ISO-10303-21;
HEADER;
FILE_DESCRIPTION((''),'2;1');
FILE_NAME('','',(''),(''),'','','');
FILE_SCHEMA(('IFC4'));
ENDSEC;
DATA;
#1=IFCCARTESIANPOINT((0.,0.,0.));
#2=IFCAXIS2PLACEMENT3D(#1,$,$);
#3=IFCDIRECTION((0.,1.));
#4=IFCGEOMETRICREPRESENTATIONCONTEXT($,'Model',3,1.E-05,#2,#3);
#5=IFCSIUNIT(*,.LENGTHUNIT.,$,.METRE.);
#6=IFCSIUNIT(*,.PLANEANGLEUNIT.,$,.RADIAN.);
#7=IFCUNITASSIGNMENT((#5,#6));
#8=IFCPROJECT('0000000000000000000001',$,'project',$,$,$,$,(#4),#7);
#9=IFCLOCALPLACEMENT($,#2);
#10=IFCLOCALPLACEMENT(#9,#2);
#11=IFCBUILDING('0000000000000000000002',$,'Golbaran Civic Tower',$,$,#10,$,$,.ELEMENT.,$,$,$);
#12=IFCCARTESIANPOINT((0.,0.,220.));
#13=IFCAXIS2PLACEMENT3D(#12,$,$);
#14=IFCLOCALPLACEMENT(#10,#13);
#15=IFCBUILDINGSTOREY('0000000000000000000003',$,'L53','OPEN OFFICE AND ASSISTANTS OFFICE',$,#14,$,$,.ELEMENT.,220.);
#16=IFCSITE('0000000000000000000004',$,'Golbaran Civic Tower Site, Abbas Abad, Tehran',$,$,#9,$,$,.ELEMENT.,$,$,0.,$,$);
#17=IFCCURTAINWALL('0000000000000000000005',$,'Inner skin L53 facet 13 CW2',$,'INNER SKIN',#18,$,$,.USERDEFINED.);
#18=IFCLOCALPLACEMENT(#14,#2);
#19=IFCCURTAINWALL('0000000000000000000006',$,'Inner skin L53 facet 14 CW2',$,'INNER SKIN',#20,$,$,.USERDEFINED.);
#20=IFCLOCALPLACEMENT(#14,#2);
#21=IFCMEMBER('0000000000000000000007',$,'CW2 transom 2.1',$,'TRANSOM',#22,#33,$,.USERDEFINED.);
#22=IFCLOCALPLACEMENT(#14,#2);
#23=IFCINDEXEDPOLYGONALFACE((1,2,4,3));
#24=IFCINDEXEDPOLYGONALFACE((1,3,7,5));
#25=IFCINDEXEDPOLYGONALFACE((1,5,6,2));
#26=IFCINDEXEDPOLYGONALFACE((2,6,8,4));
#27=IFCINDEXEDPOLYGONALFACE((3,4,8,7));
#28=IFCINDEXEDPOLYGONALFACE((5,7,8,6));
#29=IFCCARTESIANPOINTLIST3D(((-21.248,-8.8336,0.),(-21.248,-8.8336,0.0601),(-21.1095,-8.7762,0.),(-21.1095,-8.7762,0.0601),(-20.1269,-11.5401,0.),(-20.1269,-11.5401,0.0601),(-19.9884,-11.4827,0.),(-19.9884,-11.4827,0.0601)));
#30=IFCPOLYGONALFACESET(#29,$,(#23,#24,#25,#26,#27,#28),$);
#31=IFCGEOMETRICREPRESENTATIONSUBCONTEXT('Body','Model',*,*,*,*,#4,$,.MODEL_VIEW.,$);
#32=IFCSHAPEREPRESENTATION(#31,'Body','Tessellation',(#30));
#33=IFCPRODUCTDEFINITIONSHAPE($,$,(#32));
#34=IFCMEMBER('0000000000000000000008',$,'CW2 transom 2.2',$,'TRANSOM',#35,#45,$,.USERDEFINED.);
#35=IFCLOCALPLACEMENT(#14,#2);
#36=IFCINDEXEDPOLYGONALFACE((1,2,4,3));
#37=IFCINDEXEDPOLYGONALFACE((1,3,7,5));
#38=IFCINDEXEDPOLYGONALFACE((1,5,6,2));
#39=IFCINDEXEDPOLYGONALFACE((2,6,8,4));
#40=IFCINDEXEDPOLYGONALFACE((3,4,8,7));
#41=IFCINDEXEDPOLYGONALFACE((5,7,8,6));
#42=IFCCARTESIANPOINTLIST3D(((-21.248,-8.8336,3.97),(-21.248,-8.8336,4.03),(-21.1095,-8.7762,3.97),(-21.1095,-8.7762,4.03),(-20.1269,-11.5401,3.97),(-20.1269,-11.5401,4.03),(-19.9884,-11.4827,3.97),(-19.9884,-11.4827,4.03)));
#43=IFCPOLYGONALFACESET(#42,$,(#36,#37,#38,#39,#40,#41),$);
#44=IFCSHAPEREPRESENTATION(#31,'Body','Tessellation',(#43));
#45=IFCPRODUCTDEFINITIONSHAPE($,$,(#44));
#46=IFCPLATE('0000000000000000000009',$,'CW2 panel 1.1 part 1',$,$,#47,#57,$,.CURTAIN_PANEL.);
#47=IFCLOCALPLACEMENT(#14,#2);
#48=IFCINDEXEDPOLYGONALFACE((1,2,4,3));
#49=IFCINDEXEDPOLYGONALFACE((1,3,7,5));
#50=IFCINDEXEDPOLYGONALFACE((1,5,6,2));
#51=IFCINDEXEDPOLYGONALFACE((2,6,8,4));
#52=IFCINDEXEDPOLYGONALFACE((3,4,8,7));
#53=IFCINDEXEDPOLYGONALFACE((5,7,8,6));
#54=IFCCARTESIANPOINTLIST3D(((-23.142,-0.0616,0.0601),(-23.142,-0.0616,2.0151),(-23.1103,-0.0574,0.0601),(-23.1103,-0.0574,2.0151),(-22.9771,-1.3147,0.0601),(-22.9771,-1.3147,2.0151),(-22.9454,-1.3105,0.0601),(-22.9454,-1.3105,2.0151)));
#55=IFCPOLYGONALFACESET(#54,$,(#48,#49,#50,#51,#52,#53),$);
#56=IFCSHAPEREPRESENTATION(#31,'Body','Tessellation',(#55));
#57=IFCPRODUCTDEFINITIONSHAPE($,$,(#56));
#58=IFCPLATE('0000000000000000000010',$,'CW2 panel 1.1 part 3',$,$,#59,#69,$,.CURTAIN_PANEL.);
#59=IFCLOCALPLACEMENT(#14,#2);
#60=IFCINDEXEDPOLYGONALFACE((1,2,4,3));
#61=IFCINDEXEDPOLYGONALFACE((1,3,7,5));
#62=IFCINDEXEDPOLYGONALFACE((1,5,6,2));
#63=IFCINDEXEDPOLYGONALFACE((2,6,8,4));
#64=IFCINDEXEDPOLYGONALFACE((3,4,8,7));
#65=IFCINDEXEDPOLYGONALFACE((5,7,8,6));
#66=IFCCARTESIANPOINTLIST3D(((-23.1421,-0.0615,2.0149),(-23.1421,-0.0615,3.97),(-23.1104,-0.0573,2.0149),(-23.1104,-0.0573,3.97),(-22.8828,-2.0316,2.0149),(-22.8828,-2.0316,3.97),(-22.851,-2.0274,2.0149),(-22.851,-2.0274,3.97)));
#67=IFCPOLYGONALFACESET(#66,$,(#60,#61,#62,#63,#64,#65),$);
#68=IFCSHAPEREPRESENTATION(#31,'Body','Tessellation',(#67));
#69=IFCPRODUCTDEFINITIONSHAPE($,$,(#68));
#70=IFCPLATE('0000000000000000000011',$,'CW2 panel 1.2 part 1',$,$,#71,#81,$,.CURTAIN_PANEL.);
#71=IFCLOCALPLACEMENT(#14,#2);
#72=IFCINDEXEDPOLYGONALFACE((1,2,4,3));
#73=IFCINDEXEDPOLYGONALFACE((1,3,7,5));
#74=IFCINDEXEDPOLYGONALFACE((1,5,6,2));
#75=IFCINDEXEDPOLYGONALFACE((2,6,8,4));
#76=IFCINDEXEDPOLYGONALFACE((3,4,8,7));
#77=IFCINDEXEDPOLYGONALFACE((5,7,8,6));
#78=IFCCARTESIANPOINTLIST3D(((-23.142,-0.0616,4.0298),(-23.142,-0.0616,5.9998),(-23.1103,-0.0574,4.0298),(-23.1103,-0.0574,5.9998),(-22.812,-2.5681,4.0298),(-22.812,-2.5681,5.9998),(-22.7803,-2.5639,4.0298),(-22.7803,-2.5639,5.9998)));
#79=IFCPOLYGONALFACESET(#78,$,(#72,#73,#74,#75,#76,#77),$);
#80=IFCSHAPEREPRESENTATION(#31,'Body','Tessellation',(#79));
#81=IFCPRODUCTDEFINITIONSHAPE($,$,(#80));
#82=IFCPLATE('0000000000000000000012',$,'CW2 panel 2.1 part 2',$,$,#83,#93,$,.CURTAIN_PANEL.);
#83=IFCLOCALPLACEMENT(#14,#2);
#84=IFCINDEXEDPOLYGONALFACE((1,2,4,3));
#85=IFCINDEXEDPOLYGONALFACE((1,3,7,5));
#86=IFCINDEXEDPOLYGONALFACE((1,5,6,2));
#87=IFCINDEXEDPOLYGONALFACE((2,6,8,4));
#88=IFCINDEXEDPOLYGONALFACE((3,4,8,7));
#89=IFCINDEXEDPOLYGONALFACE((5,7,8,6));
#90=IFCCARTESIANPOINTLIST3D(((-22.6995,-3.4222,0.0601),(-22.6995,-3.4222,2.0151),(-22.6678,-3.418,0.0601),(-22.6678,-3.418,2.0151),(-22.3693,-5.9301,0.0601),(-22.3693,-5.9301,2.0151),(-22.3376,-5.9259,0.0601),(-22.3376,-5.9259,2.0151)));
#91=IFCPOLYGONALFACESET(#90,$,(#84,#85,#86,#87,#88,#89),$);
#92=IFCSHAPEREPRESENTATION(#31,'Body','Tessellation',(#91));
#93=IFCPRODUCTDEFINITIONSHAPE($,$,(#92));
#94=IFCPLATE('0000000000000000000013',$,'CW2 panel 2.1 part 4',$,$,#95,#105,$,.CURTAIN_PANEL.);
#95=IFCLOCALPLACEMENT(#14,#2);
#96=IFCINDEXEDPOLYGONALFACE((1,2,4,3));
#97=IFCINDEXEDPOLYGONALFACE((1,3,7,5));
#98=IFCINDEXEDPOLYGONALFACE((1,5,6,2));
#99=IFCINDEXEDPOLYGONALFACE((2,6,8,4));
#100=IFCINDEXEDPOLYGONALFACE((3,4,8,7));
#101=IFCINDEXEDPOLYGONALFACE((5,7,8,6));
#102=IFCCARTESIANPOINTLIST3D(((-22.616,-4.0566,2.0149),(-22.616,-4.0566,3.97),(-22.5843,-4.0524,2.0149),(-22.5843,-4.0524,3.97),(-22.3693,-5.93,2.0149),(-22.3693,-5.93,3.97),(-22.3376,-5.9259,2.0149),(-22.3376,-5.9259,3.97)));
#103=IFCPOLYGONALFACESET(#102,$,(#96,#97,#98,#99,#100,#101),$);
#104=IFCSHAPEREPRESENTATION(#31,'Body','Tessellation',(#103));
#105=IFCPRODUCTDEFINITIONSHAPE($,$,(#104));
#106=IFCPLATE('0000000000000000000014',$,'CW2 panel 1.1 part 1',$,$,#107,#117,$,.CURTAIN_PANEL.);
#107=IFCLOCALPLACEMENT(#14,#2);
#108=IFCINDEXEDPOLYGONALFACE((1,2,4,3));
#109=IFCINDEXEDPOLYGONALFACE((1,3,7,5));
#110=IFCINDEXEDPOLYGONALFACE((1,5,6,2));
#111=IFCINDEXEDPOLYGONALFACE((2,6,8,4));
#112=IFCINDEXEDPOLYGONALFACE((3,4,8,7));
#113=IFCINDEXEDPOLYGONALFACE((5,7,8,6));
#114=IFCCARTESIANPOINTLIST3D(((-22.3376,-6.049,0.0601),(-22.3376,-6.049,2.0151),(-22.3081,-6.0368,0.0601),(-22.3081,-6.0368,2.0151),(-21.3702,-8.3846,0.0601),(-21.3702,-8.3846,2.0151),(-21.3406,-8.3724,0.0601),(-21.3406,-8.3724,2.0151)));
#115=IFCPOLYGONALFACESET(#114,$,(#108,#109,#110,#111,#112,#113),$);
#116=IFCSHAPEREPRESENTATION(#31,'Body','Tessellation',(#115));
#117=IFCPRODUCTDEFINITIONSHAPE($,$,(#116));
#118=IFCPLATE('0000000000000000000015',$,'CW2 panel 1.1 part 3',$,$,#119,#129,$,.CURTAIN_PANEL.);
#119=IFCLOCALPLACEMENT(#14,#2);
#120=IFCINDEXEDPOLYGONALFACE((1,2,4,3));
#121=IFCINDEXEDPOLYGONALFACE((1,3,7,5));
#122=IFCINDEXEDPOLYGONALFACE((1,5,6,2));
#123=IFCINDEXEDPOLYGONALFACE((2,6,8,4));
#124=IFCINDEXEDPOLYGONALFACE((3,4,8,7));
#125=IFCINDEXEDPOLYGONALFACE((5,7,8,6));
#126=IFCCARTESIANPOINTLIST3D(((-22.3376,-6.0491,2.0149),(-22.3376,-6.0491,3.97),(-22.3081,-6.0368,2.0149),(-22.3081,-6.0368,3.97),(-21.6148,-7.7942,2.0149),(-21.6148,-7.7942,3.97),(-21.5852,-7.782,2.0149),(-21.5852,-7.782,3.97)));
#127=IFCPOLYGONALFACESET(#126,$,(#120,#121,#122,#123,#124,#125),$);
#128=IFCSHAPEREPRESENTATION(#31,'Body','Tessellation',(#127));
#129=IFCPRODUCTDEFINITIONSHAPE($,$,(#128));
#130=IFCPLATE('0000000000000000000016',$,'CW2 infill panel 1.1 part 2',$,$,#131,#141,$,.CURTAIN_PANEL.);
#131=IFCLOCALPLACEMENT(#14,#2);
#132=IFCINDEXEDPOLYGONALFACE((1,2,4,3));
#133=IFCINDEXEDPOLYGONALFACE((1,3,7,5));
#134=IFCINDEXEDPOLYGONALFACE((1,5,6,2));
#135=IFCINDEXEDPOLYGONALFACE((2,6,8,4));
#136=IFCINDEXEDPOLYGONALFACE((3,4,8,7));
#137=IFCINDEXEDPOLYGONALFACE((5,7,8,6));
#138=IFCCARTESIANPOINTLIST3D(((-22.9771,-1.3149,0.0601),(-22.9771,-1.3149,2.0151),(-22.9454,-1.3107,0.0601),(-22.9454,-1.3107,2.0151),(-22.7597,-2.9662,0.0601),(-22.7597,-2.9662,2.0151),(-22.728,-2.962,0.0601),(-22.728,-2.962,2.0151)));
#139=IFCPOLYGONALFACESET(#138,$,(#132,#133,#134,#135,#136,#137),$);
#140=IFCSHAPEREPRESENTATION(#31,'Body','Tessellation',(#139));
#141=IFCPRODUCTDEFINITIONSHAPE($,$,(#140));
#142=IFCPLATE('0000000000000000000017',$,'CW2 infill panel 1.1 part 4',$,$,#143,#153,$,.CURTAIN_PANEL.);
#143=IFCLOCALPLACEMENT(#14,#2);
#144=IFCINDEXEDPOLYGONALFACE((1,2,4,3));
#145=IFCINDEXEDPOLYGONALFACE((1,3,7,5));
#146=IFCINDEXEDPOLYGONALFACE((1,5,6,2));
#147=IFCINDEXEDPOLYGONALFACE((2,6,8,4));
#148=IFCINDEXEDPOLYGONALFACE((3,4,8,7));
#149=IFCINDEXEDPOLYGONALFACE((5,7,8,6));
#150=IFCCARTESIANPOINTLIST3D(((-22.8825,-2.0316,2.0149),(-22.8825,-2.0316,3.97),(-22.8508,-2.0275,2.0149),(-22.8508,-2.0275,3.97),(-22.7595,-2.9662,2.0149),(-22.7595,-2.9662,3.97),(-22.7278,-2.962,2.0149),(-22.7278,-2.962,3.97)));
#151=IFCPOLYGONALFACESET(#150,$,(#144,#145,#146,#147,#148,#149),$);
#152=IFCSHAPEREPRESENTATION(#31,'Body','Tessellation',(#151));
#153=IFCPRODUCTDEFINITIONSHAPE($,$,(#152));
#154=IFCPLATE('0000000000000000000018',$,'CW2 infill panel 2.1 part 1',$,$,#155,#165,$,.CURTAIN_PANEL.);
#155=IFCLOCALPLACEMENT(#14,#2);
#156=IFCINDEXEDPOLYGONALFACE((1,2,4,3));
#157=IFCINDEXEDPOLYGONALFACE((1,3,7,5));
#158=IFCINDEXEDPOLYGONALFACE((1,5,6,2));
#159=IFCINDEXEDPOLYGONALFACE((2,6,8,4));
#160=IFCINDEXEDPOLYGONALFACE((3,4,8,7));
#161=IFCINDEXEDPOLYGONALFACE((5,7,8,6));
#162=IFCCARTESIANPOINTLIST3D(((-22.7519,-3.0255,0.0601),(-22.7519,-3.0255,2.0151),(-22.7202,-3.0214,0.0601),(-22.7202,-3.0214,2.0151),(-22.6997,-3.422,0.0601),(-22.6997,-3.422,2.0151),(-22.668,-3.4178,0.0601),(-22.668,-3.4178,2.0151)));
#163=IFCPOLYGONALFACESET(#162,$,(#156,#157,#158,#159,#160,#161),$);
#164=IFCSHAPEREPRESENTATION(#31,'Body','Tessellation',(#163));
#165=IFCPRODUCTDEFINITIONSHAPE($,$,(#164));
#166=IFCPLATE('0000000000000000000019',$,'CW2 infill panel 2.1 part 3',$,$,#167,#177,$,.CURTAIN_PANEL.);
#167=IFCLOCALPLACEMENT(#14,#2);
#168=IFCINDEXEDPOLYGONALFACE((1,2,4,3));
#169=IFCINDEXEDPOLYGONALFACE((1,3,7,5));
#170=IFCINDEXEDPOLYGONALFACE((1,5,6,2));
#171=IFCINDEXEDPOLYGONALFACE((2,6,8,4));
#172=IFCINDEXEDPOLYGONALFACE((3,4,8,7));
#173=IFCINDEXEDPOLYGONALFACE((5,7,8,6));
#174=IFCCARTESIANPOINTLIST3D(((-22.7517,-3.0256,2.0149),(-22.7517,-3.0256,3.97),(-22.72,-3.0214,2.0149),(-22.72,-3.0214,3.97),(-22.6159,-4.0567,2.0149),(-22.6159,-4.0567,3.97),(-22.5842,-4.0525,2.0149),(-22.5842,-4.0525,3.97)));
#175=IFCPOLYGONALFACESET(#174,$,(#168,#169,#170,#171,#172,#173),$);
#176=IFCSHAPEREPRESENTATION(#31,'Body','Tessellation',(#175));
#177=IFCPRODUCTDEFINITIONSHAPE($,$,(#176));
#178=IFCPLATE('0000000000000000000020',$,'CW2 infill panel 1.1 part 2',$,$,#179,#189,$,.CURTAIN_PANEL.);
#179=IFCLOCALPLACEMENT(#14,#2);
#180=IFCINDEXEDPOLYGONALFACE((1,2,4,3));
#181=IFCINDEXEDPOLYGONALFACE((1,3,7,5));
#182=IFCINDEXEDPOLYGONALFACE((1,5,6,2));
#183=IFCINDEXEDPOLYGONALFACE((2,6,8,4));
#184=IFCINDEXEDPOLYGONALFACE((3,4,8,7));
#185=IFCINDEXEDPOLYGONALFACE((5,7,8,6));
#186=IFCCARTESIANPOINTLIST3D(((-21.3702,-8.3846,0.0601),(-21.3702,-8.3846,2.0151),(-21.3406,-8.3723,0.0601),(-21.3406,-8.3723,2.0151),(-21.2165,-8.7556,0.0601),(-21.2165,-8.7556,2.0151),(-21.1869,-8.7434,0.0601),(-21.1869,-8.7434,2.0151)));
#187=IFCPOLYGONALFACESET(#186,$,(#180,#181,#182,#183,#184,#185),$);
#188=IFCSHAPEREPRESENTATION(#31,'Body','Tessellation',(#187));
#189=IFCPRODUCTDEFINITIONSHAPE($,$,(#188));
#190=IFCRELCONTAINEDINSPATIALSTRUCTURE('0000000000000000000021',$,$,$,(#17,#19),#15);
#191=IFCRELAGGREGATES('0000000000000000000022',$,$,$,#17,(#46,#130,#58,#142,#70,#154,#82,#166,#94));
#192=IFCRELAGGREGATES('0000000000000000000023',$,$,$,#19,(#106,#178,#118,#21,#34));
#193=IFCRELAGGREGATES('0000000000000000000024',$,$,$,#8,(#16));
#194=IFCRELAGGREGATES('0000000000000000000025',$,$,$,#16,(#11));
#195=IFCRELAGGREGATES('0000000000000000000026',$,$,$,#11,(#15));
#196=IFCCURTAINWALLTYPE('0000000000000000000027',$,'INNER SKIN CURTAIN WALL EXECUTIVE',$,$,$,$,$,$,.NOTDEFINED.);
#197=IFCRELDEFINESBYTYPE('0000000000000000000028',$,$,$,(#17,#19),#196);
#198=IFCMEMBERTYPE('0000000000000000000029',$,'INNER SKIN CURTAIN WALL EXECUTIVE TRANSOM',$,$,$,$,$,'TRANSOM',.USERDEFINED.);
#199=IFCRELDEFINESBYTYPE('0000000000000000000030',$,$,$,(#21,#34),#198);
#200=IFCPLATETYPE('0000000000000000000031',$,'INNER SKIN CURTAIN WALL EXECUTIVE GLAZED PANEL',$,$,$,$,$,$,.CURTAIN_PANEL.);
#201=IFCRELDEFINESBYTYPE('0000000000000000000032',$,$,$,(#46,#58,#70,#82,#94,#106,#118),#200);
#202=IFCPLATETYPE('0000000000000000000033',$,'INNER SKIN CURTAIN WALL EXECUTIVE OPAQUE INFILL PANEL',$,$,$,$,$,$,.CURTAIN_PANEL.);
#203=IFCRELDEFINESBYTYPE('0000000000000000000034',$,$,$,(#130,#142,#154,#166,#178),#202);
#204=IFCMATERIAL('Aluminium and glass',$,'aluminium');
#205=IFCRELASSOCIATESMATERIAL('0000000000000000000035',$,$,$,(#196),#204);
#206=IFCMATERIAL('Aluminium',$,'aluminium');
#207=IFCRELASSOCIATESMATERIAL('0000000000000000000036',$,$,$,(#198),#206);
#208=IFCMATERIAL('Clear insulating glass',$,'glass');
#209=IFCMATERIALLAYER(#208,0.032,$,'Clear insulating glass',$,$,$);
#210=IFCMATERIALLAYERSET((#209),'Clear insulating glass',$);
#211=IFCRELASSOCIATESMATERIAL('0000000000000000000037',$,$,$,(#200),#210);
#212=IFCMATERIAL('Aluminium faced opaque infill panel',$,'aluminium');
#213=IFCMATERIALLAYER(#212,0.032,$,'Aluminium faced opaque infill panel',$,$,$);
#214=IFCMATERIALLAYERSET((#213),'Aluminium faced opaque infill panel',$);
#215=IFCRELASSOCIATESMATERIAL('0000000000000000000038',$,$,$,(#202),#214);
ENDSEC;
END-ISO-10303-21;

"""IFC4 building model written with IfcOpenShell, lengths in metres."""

from ifc_helpers import new_model, si_unit, direction, frame, origin, origin_2d, place, context, subcontext, project, spatial, rectangle, extrude, material, layer, layer_set, material_profile, profile_set, type_object, element, aggregate, save


model = new_model("IFC4")

# Units and contexts
model_context = context("Model", 3, precision=1e-05, world=origin(), true_north=direction((0.0, 1.0)))
body_context = subcontext(model_context, "Body", "Model", "MODEL_VIEW")
ifc_project = project(units=[si_unit("LENGTHUNIT", "METRE"), si_unit("PLANEANGLEUNIT", "RADIAN")], contexts=[model_context])

# Site, building, storey
site_placement = place(None, origin())
site = spatial("IfcSite", under=ifc_project, at=site_placement, Name="Golbaran Civic Tower Site, Abbas Abad, Tehran", CompositionType="ELEMENT", RefElevation=0.0)
building_placement = place(site_placement, origin())
building = spatial("IfcBuilding", under=site, at=building_placement, Name="Golbaran Civic Tower", CompositionType="ELEMENT")
storey_placement = place(building_placement, frame((0.0, 0.0, 220.0)))
storey = spatial("IfcBuildingStorey", under=building, at=storey_placement, Name="L53", Description="OPEN OFFICE AND ASSISTANTS OFFICE", CompositionType="ELEMENT", Elevation=220.0)

# Curtain walls
ifc_material_1 = material(Name="Aluminium and glass", Category="aluminium")
curtain_wall_type = type_object("IfcCurtainWallType", Name="INNER SKIN CURTAIN WALL EXECUTIVE", PredefinedType="NOTDEFINED", material=ifc_material_1)
curtain_wall_1_placement = place(storey_placement, origin())
curtain_wall_1 = element("IfcCurtainWall", 1, at=curtain_wall_1_placement, inside=storey, type_object=curtain_wall_type, Name="Inner skin L53 facet 13 CW2", ObjectType="INNER SKIN", PredefinedType="USERDEFINED")
ifc_material_2 = material(Name="Aluminium", Category="aluminium")
curtain_wall_2_placement = place(storey_placement, origin())
curtain_wall_2 = element("IfcCurtainWall", 2, at=curtain_wall_2_placement, inside=storey, type_object=curtain_wall_type, Name="Inner skin L53 facet 14 CW2", ObjectType="INNER SKIN", PredefinedType="USERDEFINED")

# Members
ifc_material_profile_1 = material_profile(ifc_material_2, rectangle(XDim=0.1499, YDim=0.0601, at=origin_2d()), Name="INNER SKIN CURTAIN WALL EXECUTIVE TRANSOM")
ifc_profile_set_1 = profile_set([ifc_material_profile_1], Name="Aluminium")
member_type_1 = type_object("IfcMemberType", Name="INNER SKIN CURTAIN WALL EXECUTIVE TRANSOM", ElementType="TRANSOM", PredefinedType="USERDEFINED", material=ifc_profile_set_1)
member_1_placement = place(storey_placement, frame((-21.1787, -8.8049, 0.03), z_axis=(0.382685, -0.923879, 0.0), x_axis=(0.923879, 0.382685, 0.0)))
member_1 = element("IfcMember", 3, at=member_1_placement, type_object=member_type_1, Name="CW2 transom 2.1", ObjectType="TRANSOM", PredefinedType="USERDEFINED", context=body_context, shape_type="SweptSolid", body=[
    extrude(rectangle(XDim=0.1499, YDim=0.0601, at=origin_2d()), origin(), (0.0, 0.0, 1.0), 2.9294),
])
member_2_placement = place(storey_placement, frame((-21.1787, -8.8049, 4.0), z_axis=(0.382685, -0.923879, 0.0), x_axis=(0.923879, 0.382685, 0.0)))
member_2 = element("IfcMember", 4, at=member_2_placement, type_object=member_type_1, Name="CW2 transom 2.2", ObjectType="TRANSOM", PredefinedType="USERDEFINED", context=body_context, shape_type="SweptSolid", body=[
    extrude(rectangle(XDim=0.1499, YDim=0.0601, at=origin_2d()), origin(), (0.0, 0.0, 1.0), 2.9294),
])

# Plates
ifc_material_3 = material(Name="Clear insulating glass", Category="glass")
ifc_layer_1 = layer(ifc_material_3, 0.032, Name="Clear insulating glass")
ifc_layer_set_1 = layer_set([ifc_layer_1], Name="Clear insulating glass")
plate_type_1 = type_object("IfcPlateType", Name="INNER SKIN CURTAIN WALL EXECUTIVE GLAZED PANEL", PredefinedType="CURTAIN_PANEL", material=ifc_layer_set_1)
plate_1_placement = place(storey_placement, frame((-23.0437, -0.686, 0.0601), z_axis=(0.0, 0.0, 1.0), x_axis=(0.130526, -0.991445, 0.0)))
plate_1 = element("IfcPlate", 5, at=plate_1_placement, type_object=plate_type_1, Name="CW2 panel 1.1 part 1", PredefinedType="CURTAIN_PANEL", context=body_context, shape_type="SweptSolid", body=[
    extrude(rectangle(XDim=1.2639, YDim=0.032, at=origin_2d()), origin(), (0.0, 0.0, 1.0), 1.9551),
])
plate_2_placement = place(storey_placement, frame((-22.9966, -1.0444, 2.0149), z_axis=(0.0, 0.0, 1.0), x_axis=(0.130526, -0.991445, 0.0)))
plate_2 = element("IfcPlate", 6, at=plate_2_placement, type_object=plate_type_1, Name="CW2 panel 1.1 part 3", PredefinedType="CURTAIN_PANEL", context=body_context, shape_type="SweptSolid", body=[
    extrude(rectangle(XDim=1.9871, YDim=0.032, at=origin_2d()), origin(), (0.0, 0.0, 1.0), 1.9551),
])
plate_3_placement = place(storey_placement, frame((-22.9612, -1.3127, 4.0298), z_axis=(0.0, 0.0, 1.0), x_axis=(0.130526, -0.991445, 0.0)))
plate_3 = element("IfcPlate", 7, at=plate_3_placement, type_object=plate_type_1, Name="CW2 panel 1.2 part 1", PredefinedType="CURTAIN_PANEL", context=body_context, shape_type="SweptSolid", body=[
    extrude(rectangle(XDim=2.5281, YDim=0.032, at=origin_2d()), origin(), (0.0, 0.0, 1.0), 1.97),
])
plate_4_placement = place(storey_placement, frame((-22.5186, -4.6741, 0.0601), z_axis=(0.0, 0.0, 1.0), x_axis=(0.130526, -0.991445, 0.0)))
plate_4 = element("IfcPlate", 8, at=plate_4_placement, type_object=plate_type_1, Name="CW2 panel 2.1 part 2", PredefinedType="CURTAIN_PANEL", context=body_context, shape_type="SweptSolid", body=[
    extrude(rectangle(XDim=2.5295, YDim=0.032, at=origin_2d()), origin(), (0.0, 0.0, 1.0), 1.9551),
])
plate_5_placement = place(storey_placement, frame((-22.4768, -4.9912, 2.0149), z_axis=(0.0, 0.0, 1.0), x_axis=(0.130526, -0.991445, 0.0)))
plate_5 = element("IfcPlate", 9, at=plate_5_placement, type_object=plate_type_1, Name="CW2 panel 2.1 part 4", PredefinedType="CURTAIN_PANEL", context=body_context, shape_type="SweptSolid", body=[
    extrude(rectangle(XDim=1.8896, YDim=0.032, at=origin_2d()), origin(), (0.0, 0.0, 1.0), 1.9551),
])
plate_6_placement = place(storey_placement, frame((-21.8391, -7.2107, 0.0601), z_axis=(0.0, 0.0, 1.0), x_axis=(0.382683, -0.92388, 0.0)))
plate_6 = element("IfcPlate", 10, at=plate_6_placement, type_object=plate_type_1, Name="CW2 panel 1.1 part 1", PredefinedType="CURTAIN_PANEL", context=body_context, shape_type="SweptSolid", body=[
    extrude(rectangle(XDim=2.5281, YDim=0.032, at=origin_2d()), origin(), (0.0, 0.0, 1.0), 1.9551),
])
plate_7_placement = place(storey_placement, frame((-21.9614, -6.9155, 2.0149), z_axis=(0.0, 0.0, 1.0), x_axis=(0.382683, -0.92388, 0.0)))
plate_7 = element("IfcPlate", 11, at=plate_7_placement, type_object=plate_type_1, Name="CW2 panel 1.1 part 3", PredefinedType="CURTAIN_PANEL", context=body_context, shape_type="SweptSolid", body=[
    extrude(rectangle(XDim=1.8889, YDim=0.032, at=origin_2d()), origin(), (0.0, 0.0, 1.0), 1.9551),
])
ifc_material_4 = material(Name="Aluminium faced opaque infill panel", Category="aluminium")
ifc_layer_2 = layer(ifc_material_4, 0.032, Name="Aluminium faced opaque infill panel")
ifc_layer_set_2 = layer_set([ifc_layer_2], Name="Aluminium faced opaque infill panel")
plate_type_2 = type_object("IfcPlateType", Name="INNER SKIN CURTAIN WALL EXECUTIVE OPAQUE INFILL PANEL", PredefinedType="CURTAIN_PANEL", material=ifc_layer_set_2)
plate_8_placement = place(storey_placement, frame((-22.8525, -2.1384, 0.0601), z_axis=(0.0, 0.0, 1.0), x_axis=(0.130526, -0.991445, 0.0)))
plate_8 = element("IfcPlate", 12, at=plate_8_placement, type_object=plate_type_2, Name="CW2 infill panel 1.1 part 2", PredefinedType="CURTAIN_PANEL", context=body_context, shape_type="SweptSolid", body=[
    extrude(rectangle(XDim=1.6655, YDim=0.032, at=origin_2d()), origin(), (0.0, 0.0, 1.0), 1.9551),
])
plate_9_placement = place(storey_placement, frame((-22.8052, -2.4968, 2.0149), z_axis=(0.0, 0.0, 1.0), x_axis=(0.130526, -0.991445, 0.0)))
plate_9 = element("IfcPlate", 13, at=plate_9_placement, type_object=plate_type_2, Name="CW2 infill panel 1.1 part 4", PredefinedType="CURTAIN_PANEL", context=body_context, shape_type="SweptSolid", body=[
    extrude(rectangle(XDim=0.9426, YDim=0.032, at=origin_2d()), origin(), (0.0, 0.0, 1.0), 1.9551),
])
plate_10_placement = place(storey_placement, frame((-22.71, -3.2217, 0.0601), z_axis=(0.0, 0.0, 1.0), x_axis=(0.130526, -0.991445, 0.0)))
plate_10 = element("IfcPlate", 14, at=plate_10_placement, type_object=plate_type_2, Name="CW2 infill panel 2.1 part 1", PredefinedType="CURTAIN_PANEL", context=body_context, shape_type="SweptSolid", body=[
    extrude(rectangle(XDim=0.3999, YDim=0.032, at=origin_2d()), origin(), (0.0, 0.0, 1.0), 1.9551),
])
plate_11_placement = place(storey_placement, frame((-22.668, -3.5391, 2.0149), z_axis=(0.0, 0.0, 1.0), x_axis=(0.130526, -0.991445, 0.0)))
plate_11 = element("IfcPlate", 15, at=plate_11_placement, type_object=plate_type_2, Name="CW2 infill panel 2.1 part 3", PredefinedType="CURTAIN_PANEL", context=body_context, shape_type="SweptSolid", body=[
    extrude(rectangle(XDim=1.04, YDim=0.032, at=origin_2d()), origin(), (0.0, 0.0, 1.0), 1.9551),
])
aggregate(curtain_wall_1, [plate_1, plate_8, plate_2, plate_9, plate_3, plate_10, plate_4, plate_11, plate_5])
plate_12_placement = place(storey_placement, frame((-21.2786, -8.564, 0.0601), z_axis=(0.0, 0.0, 1.0), x_axis=(0.382683, -0.92388, 0.0)))
plate_12 = element("IfcPlate", 16, at=plate_12_placement, type_object=plate_type_2, Name="CW2 infill panel 1.1 part 2", PredefinedType="CURTAIN_PANEL", context=body_context, shape_type="SweptSolid", body=[
    extrude(rectangle(XDim=0.4016, YDim=0.032, at=origin_2d()), origin(), (0.0, 0.0, 1.0), 1.9551),
])
aggregate(curtain_wall_2, [plate_6, plate_12, plate_7, member_1, member_2])

save(model, "model.ifc")
